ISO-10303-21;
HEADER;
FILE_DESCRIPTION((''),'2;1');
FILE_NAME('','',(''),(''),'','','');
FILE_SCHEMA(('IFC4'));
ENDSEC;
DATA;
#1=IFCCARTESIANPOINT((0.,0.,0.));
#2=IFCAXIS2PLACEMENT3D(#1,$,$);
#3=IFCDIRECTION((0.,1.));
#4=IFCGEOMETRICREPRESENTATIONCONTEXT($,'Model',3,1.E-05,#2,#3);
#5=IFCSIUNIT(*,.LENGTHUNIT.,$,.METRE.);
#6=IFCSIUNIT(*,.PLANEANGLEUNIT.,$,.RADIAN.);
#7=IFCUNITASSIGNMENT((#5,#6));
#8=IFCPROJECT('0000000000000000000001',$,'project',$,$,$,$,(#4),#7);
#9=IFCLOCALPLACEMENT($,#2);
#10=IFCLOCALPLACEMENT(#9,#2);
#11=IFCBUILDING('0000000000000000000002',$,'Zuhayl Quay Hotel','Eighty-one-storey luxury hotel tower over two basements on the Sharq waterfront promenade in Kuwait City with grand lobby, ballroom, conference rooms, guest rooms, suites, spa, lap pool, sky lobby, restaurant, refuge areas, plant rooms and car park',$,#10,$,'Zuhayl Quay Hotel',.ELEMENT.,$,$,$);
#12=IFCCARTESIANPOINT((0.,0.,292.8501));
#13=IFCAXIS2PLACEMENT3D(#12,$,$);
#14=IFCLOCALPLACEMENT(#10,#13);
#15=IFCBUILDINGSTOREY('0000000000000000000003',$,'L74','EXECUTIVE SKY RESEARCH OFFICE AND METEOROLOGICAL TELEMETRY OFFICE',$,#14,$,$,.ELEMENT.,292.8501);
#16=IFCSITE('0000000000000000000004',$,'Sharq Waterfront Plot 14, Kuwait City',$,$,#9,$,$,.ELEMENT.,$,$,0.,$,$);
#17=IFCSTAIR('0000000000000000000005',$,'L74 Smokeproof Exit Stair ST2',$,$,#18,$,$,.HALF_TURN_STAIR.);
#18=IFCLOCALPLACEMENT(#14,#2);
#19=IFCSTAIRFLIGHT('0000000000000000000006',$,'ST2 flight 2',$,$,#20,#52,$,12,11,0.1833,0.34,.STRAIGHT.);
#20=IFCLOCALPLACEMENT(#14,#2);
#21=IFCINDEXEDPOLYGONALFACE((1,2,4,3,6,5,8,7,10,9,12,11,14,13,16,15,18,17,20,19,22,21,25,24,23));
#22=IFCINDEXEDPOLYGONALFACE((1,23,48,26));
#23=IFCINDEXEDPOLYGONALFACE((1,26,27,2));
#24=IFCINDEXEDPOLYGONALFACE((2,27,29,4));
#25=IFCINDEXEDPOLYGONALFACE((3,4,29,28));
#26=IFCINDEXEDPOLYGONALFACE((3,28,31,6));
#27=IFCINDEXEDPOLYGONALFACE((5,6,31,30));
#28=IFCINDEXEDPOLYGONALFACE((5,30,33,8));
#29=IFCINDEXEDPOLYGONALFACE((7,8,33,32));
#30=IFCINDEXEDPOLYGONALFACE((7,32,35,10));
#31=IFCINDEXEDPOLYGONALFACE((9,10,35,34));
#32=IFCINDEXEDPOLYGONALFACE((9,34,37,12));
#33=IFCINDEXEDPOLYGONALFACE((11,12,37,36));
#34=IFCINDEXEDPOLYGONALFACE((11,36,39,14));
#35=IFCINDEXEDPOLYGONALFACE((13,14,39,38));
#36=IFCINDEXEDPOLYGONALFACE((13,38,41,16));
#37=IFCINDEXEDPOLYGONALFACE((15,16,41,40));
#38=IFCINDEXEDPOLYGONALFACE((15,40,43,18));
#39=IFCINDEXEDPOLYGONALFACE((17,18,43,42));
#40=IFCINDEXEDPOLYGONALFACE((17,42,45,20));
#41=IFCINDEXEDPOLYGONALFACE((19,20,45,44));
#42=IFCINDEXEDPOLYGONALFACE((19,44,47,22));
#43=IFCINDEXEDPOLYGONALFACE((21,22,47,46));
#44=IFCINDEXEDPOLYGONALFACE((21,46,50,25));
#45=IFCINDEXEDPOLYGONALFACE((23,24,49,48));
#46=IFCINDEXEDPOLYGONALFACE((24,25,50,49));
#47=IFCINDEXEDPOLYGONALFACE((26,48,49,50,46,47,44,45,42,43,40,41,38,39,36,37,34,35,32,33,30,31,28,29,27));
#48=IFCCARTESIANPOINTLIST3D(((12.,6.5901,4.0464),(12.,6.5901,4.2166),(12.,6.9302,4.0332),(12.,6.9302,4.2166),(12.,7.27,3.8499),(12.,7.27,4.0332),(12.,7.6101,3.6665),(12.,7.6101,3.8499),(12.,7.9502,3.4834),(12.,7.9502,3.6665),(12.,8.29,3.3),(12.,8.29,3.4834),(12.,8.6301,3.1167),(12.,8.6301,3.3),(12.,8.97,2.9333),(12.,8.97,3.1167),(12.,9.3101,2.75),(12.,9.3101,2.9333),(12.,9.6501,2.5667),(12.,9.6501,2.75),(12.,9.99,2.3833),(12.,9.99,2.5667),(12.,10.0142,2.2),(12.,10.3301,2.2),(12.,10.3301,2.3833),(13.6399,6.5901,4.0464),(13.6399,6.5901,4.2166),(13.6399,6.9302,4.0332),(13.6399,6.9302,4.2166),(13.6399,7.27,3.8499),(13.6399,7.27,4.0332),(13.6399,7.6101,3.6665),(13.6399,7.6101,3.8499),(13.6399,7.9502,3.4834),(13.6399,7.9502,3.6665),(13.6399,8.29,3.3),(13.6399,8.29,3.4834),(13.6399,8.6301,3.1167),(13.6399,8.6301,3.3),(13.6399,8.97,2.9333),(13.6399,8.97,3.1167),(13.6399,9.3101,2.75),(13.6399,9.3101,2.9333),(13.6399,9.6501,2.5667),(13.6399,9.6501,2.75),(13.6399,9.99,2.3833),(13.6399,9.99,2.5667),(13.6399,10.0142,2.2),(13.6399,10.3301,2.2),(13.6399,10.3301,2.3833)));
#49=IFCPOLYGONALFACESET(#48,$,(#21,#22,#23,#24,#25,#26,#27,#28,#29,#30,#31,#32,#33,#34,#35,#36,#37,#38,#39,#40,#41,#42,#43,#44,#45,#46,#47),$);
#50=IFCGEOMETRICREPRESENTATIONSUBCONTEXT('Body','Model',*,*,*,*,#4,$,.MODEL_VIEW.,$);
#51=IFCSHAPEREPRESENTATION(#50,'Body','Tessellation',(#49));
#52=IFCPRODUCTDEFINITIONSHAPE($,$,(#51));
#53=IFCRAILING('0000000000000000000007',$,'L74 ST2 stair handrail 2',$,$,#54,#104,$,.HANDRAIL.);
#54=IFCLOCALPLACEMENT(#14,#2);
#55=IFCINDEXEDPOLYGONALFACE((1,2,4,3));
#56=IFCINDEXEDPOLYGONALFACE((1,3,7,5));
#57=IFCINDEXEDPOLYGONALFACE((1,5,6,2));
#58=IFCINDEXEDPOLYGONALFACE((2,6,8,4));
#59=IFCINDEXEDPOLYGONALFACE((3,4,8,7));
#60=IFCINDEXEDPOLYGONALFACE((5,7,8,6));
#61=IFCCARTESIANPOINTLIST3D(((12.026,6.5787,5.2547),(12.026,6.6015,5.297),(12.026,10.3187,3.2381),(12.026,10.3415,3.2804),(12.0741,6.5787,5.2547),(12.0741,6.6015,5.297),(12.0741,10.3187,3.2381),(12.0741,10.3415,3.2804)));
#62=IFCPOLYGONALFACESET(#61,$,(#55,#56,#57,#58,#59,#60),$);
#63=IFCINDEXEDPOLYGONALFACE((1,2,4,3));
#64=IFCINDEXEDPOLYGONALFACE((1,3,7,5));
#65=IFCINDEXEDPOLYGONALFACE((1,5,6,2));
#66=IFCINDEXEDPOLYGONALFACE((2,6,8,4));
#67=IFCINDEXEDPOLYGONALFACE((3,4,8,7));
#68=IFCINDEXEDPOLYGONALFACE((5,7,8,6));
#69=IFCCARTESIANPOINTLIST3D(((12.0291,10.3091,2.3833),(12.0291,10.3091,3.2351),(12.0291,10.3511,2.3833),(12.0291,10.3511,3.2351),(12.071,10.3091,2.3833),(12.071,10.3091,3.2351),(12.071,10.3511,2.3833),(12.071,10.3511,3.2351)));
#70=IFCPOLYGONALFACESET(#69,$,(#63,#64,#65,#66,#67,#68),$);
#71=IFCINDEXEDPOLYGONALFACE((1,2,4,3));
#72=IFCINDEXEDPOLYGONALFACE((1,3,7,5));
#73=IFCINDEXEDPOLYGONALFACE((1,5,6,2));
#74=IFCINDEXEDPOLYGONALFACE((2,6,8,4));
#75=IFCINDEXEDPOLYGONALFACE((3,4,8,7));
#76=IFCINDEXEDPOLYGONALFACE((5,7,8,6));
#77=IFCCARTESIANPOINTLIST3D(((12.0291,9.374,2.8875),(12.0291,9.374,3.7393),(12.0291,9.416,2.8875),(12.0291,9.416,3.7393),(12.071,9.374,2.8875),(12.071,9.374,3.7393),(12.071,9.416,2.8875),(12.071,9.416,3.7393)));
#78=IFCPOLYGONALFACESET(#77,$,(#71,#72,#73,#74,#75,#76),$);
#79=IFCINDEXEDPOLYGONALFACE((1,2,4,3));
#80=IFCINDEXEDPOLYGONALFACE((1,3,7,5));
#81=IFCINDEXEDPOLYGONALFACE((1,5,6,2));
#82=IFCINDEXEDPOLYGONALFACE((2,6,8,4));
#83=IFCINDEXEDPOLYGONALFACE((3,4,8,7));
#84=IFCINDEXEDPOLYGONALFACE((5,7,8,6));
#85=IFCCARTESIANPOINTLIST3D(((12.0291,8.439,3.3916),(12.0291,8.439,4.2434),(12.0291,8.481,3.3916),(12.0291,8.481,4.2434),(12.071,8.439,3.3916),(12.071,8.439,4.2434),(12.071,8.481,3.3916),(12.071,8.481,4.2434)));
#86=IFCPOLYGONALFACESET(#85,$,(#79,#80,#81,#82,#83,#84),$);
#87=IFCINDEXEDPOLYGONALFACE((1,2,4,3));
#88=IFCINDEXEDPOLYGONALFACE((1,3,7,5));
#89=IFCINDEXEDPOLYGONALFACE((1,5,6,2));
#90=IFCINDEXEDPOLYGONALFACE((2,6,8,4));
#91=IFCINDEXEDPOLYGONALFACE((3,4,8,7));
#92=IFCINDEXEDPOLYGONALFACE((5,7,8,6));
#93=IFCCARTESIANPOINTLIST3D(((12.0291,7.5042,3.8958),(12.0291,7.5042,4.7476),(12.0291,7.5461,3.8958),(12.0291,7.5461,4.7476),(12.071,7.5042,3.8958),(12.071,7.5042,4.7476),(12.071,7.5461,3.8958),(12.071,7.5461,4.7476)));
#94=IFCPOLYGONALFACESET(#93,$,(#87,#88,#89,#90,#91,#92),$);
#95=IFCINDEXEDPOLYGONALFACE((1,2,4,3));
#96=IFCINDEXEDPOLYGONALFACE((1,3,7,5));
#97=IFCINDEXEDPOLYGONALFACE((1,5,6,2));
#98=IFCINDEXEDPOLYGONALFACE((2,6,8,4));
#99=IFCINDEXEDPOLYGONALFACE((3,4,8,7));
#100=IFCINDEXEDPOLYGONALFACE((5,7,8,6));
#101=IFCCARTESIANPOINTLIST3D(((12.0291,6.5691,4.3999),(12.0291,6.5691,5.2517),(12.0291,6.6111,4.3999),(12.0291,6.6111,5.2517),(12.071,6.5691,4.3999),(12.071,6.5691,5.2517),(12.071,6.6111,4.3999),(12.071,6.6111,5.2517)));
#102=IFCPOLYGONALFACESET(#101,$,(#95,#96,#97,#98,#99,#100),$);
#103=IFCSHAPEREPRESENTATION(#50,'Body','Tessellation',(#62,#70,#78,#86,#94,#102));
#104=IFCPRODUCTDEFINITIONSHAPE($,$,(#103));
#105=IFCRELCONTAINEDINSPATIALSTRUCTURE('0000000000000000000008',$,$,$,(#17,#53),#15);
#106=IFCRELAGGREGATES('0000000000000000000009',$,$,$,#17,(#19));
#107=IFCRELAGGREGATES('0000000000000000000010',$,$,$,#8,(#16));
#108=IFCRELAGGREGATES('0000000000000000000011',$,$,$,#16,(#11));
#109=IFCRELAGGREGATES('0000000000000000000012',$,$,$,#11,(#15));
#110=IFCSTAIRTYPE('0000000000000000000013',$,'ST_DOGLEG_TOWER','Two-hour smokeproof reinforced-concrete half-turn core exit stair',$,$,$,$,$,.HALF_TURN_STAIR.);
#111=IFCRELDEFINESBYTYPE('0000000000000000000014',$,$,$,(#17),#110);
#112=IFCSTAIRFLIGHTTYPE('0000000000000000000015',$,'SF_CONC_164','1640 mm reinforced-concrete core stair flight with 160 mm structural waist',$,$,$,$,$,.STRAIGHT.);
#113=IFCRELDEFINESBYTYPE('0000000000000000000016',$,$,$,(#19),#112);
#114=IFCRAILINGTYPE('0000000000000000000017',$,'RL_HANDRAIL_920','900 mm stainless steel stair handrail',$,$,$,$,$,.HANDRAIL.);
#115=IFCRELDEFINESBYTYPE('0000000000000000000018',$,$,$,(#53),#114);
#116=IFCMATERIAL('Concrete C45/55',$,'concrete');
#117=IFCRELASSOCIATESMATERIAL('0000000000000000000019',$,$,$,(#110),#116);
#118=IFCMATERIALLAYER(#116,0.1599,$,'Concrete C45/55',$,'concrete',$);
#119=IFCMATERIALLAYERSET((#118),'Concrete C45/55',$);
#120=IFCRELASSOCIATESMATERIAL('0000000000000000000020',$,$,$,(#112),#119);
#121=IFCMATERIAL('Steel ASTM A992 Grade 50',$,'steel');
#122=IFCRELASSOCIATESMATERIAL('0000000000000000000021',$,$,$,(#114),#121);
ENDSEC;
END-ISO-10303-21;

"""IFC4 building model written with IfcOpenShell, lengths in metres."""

from ifc_helpers import new_model, si_unit, direction, frame, origin, origin_2d, place, context, subcontext, project, spatial, polyline, rectangle, outline, extrude, material, layer, layer_set, type_object, element, aggregate, save


model = new_model("IFC4")

# Units and contexts
model_context = context("Model", 3, precision=1e-05, world=origin(), true_north=direction((0.0, 1.0)))
body_context = subcontext(model_context, "Body", "Model", "MODEL_VIEW")
ifc_project = project(units=[si_unit("LENGTHUNIT", "METRE"), si_unit("PLANEANGLEUNIT", "RADIAN")], contexts=[model_context])

# Site, building, storey
site_placement = place(None, origin())
site = spatial("IfcSite", under=ifc_project, at=site_placement, Name="Sharq Waterfront Plot 14, Kuwait City", CompositionType="ELEMENT", RefElevation=0.0)
building_placement = place(site_placement, origin())
building = spatial("IfcBuilding", under=site, at=building_placement, Name="Zuhayl Quay Hotel", Description="Eighty-one-storey luxury hotel tower over two basements on the Sharq waterfront promenade in Kuwait City with grand lobby, ballroom, conference rooms, guest rooms, suites, spa, lap pool, sky lobby, restaurant, refuge areas, plant rooms and car park", LongName="Zuhayl Quay Hotel", CompositionType="ELEMENT")
storey_placement = place(building_placement, frame((0.0, 0.0, 292.8501)))
storey = spatial("IfcBuildingStorey", under=building, at=storey_placement, Name="L74", Description="EXECUTIVE SKY RESEARCH OFFICE AND METEOROLOGICAL TELEMETRY OFFICE", CompositionType="ELEMENT", Elevation=292.8501)

# Shared definitions
ifc_material_1 = material(Name="Steel ASTM A992 Grade 50", Category="steel")

# Stair, stair flight
ifc_material_2 = material(Name="Concrete C45/55", Category="concrete")
stair_type = type_object("IfcStairType", Name="ST_DOGLEG_TOWER", Description="Two-hour smokeproof reinforced-concrete half-turn core exit stair", PredefinedType="HALF_TURN_STAIR", material=ifc_material_2)
stair_placement = place(storey_placement, origin())
stair = element("IfcStair", 1, at=stair_placement, inside=storey, type_object=stair_type, Name="L74 Smokeproof Exit Stair ST2", PredefinedType="HALF_TURN_STAIR")
ifc_layer_1 = layer(ifc_material_2, 0.1599, Name="Concrete C45/55", Category="concrete")
ifc_layer_set_1 = layer_set([ifc_layer_1], Name="Concrete C45/55")
stair_flight_type = type_object("IfcStairFlightType", Name="SF_CONC_164", Description="1640 mm reinforced-concrete core stair flight with 160 mm structural waist", PredefinedType="STRAIGHT", material=ifc_layer_set_1)
stair_flight_placement = place(storey_placement, frame((12.8201, 10.3301, 2.2), z_axis=(0.0, 0.0, 1.0), x_axis=(0.0, -1.0, 0.0)))
stair_flight = element("IfcStairFlight", 2, at=stair_flight_placement, type_object=stair_flight_type, Name="ST2 flight 2", NumberOfRisers=12, NumberOfTreads=11, PredefinedType="STRAIGHT", RiserHeight=0.1833, TreadLength=0.34, context=body_context, shape_type="SweptSolid", body=[
    extrude(outline(polyline([(0.0, 0.0), (0.0, 0.1833), (0.3401, 0.1833), (0.3401, 0.3667), (0.6799, 0.3667), (0.6799, 0.55), (1.02, 0.55), (1.02, 0.7334), (1.3601, 0.7334), (1.3601, 0.9167), (1.7, 0.9167), (1.7, 1.1001), (2.04, 1.1001), (2.04, 1.2834), (2.3799, 1.2834), (2.3799, 1.4666), (2.72, 1.4666), (2.72, 1.6499), (3.0601, 1.6499), (3.0601, 1.8333), (3.3999, 1.8333), (3.3999, 2.0166), (3.74, 2.0166), (3.74, 2.2), (3.74, 1.8464), (0.3159, 0.0), (0.0, 0.0)])), frame((0.0, 0.8198, 0.0), z_axis=(0.0, -1.0, 0.0), x_axis=(1.0, 0.0, 0.0)), (0.0, 0.0, 1.0), 1.6399),
])
aggregate(stair, [stair_flight])

# Railing
railing_type = type_object("IfcRailingType", Name="RL_HANDRAIL_920", Description="900 mm stainless steel stair handrail", PredefinedType="HANDRAIL", material=ifc_material_1)
railing_placement = place(storey_placement, frame((12.05, 10.3301, 2.3833)))
element("IfcRailing", 3, at=railing_placement, inside=storey, type_object=railing_type, Name="L74 ST2 stair handrail 2", PredefinedType="HANDRAIL", context=body_context, shape_type="SweptSolid", body=[
    extrude(rectangle(XDim=0.0481, YDim=0.0481, at=origin_2d()), frame((0.0, 0.0, 0.876), z_axis=(0.0, -0.8802, 0.474603), x_axis=(1.0, 0.0, 0.0)), (0.0, 0.0, 1.0), 4.249),
    extrude(rectangle(XDim=0.042, YDim=0.042, at=origin_2d()), origin(), (0.0, 0.0, 1.0), 0.8518),
    extrude(rectangle(XDim=0.042, YDim=0.042, at=origin_2d()), frame((0.0, -0.9351, 0.5042)), (0.0, 0.0, 1.0), 0.8518),
    extrude(rectangle(XDim=0.042, YDim=0.042, at=origin_2d()), frame((0.0, -1.8701, 1.0083)), (0.0, 0.0, 1.0), 0.8518),
    extrude(rectangle(XDim=0.042, YDim=0.042, at=origin_2d()), frame((0.0, -2.8049, 1.5125)), (0.0, 0.0, 1.0), 0.8518),
    extrude(rectangle(XDim=0.042, YDim=0.042, at=origin_2d()), frame((0.0, -3.74, 2.0166)), (0.0, 0.0, 1.0), 0.8518),
])

save(model, "model.ifc")
